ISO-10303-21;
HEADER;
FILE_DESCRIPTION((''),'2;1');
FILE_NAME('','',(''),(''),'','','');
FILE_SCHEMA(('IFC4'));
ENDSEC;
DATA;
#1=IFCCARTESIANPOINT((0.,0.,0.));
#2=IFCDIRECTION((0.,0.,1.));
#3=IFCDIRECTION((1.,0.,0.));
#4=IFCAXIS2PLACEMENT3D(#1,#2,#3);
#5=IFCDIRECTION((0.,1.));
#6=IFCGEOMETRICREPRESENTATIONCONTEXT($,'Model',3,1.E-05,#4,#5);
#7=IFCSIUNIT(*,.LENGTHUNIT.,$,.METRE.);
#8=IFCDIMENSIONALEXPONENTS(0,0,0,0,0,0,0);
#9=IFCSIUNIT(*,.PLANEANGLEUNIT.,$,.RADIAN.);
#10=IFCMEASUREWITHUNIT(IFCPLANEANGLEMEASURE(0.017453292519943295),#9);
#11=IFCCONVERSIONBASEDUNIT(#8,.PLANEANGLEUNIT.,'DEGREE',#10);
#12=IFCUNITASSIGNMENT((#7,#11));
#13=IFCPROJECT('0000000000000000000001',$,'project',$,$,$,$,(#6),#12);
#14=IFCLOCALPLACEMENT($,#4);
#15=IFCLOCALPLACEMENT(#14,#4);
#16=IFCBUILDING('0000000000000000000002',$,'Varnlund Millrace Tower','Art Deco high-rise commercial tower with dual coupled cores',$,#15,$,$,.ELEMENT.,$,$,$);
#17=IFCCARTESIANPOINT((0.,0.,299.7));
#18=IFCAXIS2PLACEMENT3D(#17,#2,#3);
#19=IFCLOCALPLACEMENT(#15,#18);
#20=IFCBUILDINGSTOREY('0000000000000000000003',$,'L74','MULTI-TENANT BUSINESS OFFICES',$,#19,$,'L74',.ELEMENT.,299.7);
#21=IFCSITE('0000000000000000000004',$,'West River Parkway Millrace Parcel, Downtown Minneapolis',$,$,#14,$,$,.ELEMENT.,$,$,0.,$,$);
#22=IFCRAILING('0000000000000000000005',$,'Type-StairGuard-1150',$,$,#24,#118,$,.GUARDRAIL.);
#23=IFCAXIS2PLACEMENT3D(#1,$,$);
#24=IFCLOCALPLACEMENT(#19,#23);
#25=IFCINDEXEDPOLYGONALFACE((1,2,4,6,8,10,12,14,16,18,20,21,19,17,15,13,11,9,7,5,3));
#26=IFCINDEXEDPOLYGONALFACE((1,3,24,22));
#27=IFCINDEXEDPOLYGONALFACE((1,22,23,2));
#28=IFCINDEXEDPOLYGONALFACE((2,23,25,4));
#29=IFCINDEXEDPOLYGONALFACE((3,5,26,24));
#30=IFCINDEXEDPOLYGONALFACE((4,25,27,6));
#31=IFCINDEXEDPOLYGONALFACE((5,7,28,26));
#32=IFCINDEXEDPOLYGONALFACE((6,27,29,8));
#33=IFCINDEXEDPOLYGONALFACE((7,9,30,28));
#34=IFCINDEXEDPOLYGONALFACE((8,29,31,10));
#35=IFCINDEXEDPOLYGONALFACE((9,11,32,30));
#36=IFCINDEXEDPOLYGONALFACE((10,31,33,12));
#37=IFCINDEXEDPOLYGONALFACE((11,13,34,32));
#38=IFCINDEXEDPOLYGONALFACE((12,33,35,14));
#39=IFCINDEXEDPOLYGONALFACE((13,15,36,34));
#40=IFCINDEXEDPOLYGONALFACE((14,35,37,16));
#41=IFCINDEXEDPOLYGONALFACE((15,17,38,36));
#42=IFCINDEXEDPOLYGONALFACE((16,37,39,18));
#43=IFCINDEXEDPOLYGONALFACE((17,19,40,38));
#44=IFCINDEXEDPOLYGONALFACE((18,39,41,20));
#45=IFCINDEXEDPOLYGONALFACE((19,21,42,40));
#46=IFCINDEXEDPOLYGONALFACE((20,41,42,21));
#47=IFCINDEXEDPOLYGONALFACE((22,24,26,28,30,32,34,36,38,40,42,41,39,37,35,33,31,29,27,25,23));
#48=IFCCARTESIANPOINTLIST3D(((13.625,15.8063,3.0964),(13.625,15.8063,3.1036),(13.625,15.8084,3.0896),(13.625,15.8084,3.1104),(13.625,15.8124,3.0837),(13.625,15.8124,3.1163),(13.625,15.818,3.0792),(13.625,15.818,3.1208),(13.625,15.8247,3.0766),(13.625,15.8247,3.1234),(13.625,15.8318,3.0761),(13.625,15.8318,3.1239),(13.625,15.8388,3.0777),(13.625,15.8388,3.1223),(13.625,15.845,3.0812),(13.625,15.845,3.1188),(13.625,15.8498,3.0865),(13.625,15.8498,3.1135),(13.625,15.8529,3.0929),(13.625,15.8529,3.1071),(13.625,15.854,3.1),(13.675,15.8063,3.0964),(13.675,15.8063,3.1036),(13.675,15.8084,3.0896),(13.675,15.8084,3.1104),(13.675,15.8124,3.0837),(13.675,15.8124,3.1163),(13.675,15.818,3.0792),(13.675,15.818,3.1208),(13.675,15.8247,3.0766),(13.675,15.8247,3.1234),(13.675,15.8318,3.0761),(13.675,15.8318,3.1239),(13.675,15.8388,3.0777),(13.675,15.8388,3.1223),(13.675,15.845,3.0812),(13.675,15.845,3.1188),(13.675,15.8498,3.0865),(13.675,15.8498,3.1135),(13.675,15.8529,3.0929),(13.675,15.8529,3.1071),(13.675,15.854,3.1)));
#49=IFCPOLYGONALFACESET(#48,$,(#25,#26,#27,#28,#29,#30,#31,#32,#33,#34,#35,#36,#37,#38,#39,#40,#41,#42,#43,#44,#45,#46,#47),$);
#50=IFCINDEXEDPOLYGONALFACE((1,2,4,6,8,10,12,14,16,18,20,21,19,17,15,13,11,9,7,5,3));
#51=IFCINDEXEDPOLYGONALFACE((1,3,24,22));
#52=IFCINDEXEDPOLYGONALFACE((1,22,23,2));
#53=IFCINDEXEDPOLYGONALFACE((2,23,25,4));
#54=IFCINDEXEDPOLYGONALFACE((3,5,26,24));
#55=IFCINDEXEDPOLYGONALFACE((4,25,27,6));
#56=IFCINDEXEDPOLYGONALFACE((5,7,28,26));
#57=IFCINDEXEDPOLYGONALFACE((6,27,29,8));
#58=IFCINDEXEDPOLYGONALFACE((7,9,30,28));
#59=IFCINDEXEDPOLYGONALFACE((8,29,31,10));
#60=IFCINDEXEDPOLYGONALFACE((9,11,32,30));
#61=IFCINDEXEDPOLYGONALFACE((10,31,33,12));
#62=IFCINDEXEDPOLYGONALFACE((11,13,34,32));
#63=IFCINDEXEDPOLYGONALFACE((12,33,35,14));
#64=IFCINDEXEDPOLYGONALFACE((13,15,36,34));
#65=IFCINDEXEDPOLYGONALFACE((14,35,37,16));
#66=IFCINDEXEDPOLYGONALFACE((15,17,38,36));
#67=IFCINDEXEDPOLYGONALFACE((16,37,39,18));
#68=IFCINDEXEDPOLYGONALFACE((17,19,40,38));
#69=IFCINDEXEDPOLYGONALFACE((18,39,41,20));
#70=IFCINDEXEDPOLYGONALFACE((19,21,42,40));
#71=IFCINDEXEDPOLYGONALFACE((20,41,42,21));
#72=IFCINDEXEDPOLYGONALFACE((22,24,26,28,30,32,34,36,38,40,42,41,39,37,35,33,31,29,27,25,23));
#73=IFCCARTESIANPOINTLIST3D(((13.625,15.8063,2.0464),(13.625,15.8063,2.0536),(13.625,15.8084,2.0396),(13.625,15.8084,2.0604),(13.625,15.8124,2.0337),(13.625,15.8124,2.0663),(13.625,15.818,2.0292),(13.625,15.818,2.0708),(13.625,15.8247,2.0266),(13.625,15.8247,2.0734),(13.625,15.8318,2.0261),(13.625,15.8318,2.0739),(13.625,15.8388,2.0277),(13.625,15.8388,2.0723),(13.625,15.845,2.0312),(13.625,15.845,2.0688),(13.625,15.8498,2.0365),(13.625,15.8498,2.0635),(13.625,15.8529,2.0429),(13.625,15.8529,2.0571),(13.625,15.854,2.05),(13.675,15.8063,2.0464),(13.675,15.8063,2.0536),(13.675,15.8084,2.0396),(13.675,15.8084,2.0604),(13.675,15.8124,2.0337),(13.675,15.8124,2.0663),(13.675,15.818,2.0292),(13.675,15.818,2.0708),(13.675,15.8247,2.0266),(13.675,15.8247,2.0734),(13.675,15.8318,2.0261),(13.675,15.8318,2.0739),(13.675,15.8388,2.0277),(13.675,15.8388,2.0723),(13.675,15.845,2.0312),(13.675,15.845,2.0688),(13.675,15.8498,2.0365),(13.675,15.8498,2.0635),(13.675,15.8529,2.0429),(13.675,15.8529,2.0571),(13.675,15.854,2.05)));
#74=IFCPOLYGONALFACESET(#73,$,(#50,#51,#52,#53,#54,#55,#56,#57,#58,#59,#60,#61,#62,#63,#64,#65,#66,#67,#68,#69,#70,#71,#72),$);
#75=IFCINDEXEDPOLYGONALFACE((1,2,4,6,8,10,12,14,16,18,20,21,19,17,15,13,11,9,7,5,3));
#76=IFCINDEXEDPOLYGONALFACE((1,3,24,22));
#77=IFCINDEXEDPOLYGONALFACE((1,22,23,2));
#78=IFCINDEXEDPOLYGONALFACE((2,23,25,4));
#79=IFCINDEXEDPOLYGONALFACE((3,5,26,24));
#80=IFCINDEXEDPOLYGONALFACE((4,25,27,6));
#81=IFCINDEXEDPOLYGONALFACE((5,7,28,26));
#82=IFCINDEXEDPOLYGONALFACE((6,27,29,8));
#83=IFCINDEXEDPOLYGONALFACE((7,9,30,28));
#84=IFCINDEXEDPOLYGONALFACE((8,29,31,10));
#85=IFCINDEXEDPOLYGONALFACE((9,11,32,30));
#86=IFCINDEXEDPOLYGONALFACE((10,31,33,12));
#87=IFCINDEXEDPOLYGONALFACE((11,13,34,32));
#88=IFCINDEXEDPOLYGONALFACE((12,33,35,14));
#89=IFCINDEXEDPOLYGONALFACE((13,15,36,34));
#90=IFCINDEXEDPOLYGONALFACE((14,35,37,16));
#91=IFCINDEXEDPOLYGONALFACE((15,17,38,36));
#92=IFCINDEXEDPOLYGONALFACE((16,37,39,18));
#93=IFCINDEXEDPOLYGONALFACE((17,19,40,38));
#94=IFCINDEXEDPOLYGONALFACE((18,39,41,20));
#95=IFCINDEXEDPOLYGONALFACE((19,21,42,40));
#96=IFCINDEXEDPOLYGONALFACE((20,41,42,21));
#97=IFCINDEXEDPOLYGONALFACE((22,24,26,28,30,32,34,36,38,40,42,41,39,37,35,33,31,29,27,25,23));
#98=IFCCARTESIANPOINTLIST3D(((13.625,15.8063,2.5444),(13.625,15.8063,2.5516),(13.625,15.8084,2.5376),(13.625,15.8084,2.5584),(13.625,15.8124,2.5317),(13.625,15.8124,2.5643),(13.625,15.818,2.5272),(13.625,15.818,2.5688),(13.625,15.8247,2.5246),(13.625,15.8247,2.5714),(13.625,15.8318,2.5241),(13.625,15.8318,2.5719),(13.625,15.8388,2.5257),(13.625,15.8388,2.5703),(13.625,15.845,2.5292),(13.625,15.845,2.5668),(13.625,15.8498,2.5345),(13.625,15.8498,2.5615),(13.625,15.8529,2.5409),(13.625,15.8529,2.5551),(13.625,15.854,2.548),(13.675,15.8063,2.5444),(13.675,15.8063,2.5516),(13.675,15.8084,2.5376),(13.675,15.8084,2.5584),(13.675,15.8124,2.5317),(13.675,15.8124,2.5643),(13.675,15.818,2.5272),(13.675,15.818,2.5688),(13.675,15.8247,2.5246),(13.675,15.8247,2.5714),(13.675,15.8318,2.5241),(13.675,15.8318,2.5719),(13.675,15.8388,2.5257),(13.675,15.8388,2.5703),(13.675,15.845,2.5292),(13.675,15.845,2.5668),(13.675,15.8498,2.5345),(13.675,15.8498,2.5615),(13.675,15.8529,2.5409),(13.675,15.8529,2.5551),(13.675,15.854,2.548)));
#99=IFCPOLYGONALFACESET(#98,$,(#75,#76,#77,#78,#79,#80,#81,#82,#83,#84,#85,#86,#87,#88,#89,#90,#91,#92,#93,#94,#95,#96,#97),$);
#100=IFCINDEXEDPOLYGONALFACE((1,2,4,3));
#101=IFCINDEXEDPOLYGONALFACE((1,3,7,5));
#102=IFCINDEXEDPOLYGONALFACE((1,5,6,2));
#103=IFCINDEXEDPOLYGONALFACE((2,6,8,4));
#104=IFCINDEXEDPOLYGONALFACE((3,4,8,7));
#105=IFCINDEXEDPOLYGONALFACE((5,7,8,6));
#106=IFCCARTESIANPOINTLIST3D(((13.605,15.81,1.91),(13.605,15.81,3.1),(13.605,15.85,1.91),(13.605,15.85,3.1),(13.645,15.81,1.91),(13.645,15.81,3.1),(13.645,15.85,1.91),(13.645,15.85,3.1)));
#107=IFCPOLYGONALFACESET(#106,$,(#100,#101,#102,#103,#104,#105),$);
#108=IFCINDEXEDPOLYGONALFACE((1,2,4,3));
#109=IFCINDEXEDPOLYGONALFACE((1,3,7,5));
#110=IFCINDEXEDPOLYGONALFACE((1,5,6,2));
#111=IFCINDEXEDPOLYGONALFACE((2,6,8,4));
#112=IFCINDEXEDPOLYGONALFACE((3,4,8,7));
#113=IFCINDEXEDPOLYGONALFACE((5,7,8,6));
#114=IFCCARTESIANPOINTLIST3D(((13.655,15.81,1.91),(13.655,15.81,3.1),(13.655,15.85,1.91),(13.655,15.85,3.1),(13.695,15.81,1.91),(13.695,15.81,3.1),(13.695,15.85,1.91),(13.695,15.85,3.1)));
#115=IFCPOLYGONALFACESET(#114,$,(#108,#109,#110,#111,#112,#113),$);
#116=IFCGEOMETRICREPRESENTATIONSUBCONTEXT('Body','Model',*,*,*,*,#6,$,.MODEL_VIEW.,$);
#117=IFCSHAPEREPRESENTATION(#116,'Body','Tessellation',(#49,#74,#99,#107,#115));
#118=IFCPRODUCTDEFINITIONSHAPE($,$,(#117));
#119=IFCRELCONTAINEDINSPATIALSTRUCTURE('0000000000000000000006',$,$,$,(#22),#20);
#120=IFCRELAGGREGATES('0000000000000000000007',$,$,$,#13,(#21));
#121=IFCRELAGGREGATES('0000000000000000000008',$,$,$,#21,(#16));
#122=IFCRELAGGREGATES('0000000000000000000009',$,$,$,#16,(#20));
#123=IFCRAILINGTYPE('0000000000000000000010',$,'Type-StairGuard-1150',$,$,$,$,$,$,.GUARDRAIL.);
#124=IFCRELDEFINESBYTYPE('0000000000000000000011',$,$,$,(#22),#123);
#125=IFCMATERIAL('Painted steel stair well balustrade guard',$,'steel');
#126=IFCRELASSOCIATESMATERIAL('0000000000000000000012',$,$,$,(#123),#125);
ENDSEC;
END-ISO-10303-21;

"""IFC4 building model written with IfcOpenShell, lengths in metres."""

from ifc_helpers import new_model, entity, si_unit, converted_unit, direction, frame, origin_with_axes, origin_2d_with_axis, place, context, subcontext, project, spatial, rectangle, circle, extrude, material, type_object, element, save


model = new_model("IFC4")

# Units and contexts
model_context = context("Model", 3, precision=1e-05, world=origin_with_axes(), true_north=direction((0.0, 1.0)))
body_context = subcontext(model_context, "Body", "Model", "MODEL_VIEW")
ifc_project = project(units=[si_unit("LENGTHUNIT", "METRE"), converted_unit("PLANEANGLEUNIT", "DEGREE", entity("IfcPlaneAngleMeasure", 0.017453292519943295), si_unit("PLANEANGLEUNIT", "RADIAN"), dimensions=[0, 0, 0, 0, 0, 0, 0])], contexts=[model_context])

# Site, building, storey
site_placement = place(None, origin_with_axes())
site = spatial("IfcSite", under=ifc_project, at=site_placement, Name="West River Parkway Millrace Parcel, Downtown Minneapolis", CompositionType="ELEMENT", RefElevation=0.0)
building_placement = place(site_placement, origin_with_axes())
building = spatial("IfcBuilding", under=site, at=building_placement, Name="Varnlund Millrace Tower", Description="Art Deco high-rise commercial tower with dual coupled cores", CompositionType="ELEMENT")
storey_placement = place(building_placement, frame((0.0, 0.0, 299.7), z_axis=(0.0, 0.0, 1.0), x_axis=(1.0, 0.0, 0.0)))
storey = spatial("IfcBuildingStorey", under=building, at=storey_placement, Name="L74", Description="MULTI-TENANT BUSINESS OFFICES", LongName="L74", CompositionType="ELEMENT", Elevation=299.7)

# Railing
ifc_material_1 = material(Name="Painted steel stair well balustrade guard", Category="steel")
railing_type_1 = type_object("IfcRailingType", Name="Type-StairGuard-1150", PredefinedType="GUARDRAIL", material=ifc_material_1)
railing_1_placement = place(storey_placement, frame((0.0, 0.0, -299.7), z_axis=(0.0, 0.0, 1.0), x_axis=(1.0, 0.0, 0.0)))
element("IfcRailing", 1, at=railing_1_placement, inside=storey, type_object=railing_type_1, Name="Type-StairGuard-1150", PredefinedType="GUARDRAIL", context=body_context, shape_type="SweptSolid", body=[
    extrude(circle(Radius=0.024, at=origin_2d_with_axis()), frame((13.625, 15.83, 302.8), z_axis=(1.0, 0.0, 0.0), x_axis=(0.0, 1.0, 0.0)), (0.0, 0.0, 1.0), 0.05),
    extrude(circle(Radius=0.024, at=origin_2d_with_axis()), frame((13.625, 15.83, 301.75), z_axis=(1.0, 0.0, 0.0), x_axis=(0.0, 1.0, 0.0)), (0.0, 0.0, 1.0), 0.05),
    extrude(circle(Radius=0.024, at=origin_2d_with_axis()), frame((13.625, 15.83, 302.248), z_axis=(1.0, 0.0, 0.0), x_axis=(0.0, 1.0, 0.0)), (0.0, 0.0, 1.0), 0.05),
    extrude(rectangle(XDim=0.04, YDim=0.04, at=origin_2d_with_axis()), frame((13.625, 15.83, 301.61), z_axis=(0.0, 0.0, 1.0), x_axis=(1.0, 0.0, 0.0)), (0.0, 0.0, 1.0), 1.19),
    extrude(rectangle(XDim=0.04, YDim=0.04, at=origin_2d_with_axis()), frame((13.675, 15.83, 301.61), z_axis=(0.0, 0.0, 1.0), x_axis=(1.0, 0.0, 0.0)), (0.0, 0.0, 1.0), 1.19),
])

save(model, "model.ifc")
